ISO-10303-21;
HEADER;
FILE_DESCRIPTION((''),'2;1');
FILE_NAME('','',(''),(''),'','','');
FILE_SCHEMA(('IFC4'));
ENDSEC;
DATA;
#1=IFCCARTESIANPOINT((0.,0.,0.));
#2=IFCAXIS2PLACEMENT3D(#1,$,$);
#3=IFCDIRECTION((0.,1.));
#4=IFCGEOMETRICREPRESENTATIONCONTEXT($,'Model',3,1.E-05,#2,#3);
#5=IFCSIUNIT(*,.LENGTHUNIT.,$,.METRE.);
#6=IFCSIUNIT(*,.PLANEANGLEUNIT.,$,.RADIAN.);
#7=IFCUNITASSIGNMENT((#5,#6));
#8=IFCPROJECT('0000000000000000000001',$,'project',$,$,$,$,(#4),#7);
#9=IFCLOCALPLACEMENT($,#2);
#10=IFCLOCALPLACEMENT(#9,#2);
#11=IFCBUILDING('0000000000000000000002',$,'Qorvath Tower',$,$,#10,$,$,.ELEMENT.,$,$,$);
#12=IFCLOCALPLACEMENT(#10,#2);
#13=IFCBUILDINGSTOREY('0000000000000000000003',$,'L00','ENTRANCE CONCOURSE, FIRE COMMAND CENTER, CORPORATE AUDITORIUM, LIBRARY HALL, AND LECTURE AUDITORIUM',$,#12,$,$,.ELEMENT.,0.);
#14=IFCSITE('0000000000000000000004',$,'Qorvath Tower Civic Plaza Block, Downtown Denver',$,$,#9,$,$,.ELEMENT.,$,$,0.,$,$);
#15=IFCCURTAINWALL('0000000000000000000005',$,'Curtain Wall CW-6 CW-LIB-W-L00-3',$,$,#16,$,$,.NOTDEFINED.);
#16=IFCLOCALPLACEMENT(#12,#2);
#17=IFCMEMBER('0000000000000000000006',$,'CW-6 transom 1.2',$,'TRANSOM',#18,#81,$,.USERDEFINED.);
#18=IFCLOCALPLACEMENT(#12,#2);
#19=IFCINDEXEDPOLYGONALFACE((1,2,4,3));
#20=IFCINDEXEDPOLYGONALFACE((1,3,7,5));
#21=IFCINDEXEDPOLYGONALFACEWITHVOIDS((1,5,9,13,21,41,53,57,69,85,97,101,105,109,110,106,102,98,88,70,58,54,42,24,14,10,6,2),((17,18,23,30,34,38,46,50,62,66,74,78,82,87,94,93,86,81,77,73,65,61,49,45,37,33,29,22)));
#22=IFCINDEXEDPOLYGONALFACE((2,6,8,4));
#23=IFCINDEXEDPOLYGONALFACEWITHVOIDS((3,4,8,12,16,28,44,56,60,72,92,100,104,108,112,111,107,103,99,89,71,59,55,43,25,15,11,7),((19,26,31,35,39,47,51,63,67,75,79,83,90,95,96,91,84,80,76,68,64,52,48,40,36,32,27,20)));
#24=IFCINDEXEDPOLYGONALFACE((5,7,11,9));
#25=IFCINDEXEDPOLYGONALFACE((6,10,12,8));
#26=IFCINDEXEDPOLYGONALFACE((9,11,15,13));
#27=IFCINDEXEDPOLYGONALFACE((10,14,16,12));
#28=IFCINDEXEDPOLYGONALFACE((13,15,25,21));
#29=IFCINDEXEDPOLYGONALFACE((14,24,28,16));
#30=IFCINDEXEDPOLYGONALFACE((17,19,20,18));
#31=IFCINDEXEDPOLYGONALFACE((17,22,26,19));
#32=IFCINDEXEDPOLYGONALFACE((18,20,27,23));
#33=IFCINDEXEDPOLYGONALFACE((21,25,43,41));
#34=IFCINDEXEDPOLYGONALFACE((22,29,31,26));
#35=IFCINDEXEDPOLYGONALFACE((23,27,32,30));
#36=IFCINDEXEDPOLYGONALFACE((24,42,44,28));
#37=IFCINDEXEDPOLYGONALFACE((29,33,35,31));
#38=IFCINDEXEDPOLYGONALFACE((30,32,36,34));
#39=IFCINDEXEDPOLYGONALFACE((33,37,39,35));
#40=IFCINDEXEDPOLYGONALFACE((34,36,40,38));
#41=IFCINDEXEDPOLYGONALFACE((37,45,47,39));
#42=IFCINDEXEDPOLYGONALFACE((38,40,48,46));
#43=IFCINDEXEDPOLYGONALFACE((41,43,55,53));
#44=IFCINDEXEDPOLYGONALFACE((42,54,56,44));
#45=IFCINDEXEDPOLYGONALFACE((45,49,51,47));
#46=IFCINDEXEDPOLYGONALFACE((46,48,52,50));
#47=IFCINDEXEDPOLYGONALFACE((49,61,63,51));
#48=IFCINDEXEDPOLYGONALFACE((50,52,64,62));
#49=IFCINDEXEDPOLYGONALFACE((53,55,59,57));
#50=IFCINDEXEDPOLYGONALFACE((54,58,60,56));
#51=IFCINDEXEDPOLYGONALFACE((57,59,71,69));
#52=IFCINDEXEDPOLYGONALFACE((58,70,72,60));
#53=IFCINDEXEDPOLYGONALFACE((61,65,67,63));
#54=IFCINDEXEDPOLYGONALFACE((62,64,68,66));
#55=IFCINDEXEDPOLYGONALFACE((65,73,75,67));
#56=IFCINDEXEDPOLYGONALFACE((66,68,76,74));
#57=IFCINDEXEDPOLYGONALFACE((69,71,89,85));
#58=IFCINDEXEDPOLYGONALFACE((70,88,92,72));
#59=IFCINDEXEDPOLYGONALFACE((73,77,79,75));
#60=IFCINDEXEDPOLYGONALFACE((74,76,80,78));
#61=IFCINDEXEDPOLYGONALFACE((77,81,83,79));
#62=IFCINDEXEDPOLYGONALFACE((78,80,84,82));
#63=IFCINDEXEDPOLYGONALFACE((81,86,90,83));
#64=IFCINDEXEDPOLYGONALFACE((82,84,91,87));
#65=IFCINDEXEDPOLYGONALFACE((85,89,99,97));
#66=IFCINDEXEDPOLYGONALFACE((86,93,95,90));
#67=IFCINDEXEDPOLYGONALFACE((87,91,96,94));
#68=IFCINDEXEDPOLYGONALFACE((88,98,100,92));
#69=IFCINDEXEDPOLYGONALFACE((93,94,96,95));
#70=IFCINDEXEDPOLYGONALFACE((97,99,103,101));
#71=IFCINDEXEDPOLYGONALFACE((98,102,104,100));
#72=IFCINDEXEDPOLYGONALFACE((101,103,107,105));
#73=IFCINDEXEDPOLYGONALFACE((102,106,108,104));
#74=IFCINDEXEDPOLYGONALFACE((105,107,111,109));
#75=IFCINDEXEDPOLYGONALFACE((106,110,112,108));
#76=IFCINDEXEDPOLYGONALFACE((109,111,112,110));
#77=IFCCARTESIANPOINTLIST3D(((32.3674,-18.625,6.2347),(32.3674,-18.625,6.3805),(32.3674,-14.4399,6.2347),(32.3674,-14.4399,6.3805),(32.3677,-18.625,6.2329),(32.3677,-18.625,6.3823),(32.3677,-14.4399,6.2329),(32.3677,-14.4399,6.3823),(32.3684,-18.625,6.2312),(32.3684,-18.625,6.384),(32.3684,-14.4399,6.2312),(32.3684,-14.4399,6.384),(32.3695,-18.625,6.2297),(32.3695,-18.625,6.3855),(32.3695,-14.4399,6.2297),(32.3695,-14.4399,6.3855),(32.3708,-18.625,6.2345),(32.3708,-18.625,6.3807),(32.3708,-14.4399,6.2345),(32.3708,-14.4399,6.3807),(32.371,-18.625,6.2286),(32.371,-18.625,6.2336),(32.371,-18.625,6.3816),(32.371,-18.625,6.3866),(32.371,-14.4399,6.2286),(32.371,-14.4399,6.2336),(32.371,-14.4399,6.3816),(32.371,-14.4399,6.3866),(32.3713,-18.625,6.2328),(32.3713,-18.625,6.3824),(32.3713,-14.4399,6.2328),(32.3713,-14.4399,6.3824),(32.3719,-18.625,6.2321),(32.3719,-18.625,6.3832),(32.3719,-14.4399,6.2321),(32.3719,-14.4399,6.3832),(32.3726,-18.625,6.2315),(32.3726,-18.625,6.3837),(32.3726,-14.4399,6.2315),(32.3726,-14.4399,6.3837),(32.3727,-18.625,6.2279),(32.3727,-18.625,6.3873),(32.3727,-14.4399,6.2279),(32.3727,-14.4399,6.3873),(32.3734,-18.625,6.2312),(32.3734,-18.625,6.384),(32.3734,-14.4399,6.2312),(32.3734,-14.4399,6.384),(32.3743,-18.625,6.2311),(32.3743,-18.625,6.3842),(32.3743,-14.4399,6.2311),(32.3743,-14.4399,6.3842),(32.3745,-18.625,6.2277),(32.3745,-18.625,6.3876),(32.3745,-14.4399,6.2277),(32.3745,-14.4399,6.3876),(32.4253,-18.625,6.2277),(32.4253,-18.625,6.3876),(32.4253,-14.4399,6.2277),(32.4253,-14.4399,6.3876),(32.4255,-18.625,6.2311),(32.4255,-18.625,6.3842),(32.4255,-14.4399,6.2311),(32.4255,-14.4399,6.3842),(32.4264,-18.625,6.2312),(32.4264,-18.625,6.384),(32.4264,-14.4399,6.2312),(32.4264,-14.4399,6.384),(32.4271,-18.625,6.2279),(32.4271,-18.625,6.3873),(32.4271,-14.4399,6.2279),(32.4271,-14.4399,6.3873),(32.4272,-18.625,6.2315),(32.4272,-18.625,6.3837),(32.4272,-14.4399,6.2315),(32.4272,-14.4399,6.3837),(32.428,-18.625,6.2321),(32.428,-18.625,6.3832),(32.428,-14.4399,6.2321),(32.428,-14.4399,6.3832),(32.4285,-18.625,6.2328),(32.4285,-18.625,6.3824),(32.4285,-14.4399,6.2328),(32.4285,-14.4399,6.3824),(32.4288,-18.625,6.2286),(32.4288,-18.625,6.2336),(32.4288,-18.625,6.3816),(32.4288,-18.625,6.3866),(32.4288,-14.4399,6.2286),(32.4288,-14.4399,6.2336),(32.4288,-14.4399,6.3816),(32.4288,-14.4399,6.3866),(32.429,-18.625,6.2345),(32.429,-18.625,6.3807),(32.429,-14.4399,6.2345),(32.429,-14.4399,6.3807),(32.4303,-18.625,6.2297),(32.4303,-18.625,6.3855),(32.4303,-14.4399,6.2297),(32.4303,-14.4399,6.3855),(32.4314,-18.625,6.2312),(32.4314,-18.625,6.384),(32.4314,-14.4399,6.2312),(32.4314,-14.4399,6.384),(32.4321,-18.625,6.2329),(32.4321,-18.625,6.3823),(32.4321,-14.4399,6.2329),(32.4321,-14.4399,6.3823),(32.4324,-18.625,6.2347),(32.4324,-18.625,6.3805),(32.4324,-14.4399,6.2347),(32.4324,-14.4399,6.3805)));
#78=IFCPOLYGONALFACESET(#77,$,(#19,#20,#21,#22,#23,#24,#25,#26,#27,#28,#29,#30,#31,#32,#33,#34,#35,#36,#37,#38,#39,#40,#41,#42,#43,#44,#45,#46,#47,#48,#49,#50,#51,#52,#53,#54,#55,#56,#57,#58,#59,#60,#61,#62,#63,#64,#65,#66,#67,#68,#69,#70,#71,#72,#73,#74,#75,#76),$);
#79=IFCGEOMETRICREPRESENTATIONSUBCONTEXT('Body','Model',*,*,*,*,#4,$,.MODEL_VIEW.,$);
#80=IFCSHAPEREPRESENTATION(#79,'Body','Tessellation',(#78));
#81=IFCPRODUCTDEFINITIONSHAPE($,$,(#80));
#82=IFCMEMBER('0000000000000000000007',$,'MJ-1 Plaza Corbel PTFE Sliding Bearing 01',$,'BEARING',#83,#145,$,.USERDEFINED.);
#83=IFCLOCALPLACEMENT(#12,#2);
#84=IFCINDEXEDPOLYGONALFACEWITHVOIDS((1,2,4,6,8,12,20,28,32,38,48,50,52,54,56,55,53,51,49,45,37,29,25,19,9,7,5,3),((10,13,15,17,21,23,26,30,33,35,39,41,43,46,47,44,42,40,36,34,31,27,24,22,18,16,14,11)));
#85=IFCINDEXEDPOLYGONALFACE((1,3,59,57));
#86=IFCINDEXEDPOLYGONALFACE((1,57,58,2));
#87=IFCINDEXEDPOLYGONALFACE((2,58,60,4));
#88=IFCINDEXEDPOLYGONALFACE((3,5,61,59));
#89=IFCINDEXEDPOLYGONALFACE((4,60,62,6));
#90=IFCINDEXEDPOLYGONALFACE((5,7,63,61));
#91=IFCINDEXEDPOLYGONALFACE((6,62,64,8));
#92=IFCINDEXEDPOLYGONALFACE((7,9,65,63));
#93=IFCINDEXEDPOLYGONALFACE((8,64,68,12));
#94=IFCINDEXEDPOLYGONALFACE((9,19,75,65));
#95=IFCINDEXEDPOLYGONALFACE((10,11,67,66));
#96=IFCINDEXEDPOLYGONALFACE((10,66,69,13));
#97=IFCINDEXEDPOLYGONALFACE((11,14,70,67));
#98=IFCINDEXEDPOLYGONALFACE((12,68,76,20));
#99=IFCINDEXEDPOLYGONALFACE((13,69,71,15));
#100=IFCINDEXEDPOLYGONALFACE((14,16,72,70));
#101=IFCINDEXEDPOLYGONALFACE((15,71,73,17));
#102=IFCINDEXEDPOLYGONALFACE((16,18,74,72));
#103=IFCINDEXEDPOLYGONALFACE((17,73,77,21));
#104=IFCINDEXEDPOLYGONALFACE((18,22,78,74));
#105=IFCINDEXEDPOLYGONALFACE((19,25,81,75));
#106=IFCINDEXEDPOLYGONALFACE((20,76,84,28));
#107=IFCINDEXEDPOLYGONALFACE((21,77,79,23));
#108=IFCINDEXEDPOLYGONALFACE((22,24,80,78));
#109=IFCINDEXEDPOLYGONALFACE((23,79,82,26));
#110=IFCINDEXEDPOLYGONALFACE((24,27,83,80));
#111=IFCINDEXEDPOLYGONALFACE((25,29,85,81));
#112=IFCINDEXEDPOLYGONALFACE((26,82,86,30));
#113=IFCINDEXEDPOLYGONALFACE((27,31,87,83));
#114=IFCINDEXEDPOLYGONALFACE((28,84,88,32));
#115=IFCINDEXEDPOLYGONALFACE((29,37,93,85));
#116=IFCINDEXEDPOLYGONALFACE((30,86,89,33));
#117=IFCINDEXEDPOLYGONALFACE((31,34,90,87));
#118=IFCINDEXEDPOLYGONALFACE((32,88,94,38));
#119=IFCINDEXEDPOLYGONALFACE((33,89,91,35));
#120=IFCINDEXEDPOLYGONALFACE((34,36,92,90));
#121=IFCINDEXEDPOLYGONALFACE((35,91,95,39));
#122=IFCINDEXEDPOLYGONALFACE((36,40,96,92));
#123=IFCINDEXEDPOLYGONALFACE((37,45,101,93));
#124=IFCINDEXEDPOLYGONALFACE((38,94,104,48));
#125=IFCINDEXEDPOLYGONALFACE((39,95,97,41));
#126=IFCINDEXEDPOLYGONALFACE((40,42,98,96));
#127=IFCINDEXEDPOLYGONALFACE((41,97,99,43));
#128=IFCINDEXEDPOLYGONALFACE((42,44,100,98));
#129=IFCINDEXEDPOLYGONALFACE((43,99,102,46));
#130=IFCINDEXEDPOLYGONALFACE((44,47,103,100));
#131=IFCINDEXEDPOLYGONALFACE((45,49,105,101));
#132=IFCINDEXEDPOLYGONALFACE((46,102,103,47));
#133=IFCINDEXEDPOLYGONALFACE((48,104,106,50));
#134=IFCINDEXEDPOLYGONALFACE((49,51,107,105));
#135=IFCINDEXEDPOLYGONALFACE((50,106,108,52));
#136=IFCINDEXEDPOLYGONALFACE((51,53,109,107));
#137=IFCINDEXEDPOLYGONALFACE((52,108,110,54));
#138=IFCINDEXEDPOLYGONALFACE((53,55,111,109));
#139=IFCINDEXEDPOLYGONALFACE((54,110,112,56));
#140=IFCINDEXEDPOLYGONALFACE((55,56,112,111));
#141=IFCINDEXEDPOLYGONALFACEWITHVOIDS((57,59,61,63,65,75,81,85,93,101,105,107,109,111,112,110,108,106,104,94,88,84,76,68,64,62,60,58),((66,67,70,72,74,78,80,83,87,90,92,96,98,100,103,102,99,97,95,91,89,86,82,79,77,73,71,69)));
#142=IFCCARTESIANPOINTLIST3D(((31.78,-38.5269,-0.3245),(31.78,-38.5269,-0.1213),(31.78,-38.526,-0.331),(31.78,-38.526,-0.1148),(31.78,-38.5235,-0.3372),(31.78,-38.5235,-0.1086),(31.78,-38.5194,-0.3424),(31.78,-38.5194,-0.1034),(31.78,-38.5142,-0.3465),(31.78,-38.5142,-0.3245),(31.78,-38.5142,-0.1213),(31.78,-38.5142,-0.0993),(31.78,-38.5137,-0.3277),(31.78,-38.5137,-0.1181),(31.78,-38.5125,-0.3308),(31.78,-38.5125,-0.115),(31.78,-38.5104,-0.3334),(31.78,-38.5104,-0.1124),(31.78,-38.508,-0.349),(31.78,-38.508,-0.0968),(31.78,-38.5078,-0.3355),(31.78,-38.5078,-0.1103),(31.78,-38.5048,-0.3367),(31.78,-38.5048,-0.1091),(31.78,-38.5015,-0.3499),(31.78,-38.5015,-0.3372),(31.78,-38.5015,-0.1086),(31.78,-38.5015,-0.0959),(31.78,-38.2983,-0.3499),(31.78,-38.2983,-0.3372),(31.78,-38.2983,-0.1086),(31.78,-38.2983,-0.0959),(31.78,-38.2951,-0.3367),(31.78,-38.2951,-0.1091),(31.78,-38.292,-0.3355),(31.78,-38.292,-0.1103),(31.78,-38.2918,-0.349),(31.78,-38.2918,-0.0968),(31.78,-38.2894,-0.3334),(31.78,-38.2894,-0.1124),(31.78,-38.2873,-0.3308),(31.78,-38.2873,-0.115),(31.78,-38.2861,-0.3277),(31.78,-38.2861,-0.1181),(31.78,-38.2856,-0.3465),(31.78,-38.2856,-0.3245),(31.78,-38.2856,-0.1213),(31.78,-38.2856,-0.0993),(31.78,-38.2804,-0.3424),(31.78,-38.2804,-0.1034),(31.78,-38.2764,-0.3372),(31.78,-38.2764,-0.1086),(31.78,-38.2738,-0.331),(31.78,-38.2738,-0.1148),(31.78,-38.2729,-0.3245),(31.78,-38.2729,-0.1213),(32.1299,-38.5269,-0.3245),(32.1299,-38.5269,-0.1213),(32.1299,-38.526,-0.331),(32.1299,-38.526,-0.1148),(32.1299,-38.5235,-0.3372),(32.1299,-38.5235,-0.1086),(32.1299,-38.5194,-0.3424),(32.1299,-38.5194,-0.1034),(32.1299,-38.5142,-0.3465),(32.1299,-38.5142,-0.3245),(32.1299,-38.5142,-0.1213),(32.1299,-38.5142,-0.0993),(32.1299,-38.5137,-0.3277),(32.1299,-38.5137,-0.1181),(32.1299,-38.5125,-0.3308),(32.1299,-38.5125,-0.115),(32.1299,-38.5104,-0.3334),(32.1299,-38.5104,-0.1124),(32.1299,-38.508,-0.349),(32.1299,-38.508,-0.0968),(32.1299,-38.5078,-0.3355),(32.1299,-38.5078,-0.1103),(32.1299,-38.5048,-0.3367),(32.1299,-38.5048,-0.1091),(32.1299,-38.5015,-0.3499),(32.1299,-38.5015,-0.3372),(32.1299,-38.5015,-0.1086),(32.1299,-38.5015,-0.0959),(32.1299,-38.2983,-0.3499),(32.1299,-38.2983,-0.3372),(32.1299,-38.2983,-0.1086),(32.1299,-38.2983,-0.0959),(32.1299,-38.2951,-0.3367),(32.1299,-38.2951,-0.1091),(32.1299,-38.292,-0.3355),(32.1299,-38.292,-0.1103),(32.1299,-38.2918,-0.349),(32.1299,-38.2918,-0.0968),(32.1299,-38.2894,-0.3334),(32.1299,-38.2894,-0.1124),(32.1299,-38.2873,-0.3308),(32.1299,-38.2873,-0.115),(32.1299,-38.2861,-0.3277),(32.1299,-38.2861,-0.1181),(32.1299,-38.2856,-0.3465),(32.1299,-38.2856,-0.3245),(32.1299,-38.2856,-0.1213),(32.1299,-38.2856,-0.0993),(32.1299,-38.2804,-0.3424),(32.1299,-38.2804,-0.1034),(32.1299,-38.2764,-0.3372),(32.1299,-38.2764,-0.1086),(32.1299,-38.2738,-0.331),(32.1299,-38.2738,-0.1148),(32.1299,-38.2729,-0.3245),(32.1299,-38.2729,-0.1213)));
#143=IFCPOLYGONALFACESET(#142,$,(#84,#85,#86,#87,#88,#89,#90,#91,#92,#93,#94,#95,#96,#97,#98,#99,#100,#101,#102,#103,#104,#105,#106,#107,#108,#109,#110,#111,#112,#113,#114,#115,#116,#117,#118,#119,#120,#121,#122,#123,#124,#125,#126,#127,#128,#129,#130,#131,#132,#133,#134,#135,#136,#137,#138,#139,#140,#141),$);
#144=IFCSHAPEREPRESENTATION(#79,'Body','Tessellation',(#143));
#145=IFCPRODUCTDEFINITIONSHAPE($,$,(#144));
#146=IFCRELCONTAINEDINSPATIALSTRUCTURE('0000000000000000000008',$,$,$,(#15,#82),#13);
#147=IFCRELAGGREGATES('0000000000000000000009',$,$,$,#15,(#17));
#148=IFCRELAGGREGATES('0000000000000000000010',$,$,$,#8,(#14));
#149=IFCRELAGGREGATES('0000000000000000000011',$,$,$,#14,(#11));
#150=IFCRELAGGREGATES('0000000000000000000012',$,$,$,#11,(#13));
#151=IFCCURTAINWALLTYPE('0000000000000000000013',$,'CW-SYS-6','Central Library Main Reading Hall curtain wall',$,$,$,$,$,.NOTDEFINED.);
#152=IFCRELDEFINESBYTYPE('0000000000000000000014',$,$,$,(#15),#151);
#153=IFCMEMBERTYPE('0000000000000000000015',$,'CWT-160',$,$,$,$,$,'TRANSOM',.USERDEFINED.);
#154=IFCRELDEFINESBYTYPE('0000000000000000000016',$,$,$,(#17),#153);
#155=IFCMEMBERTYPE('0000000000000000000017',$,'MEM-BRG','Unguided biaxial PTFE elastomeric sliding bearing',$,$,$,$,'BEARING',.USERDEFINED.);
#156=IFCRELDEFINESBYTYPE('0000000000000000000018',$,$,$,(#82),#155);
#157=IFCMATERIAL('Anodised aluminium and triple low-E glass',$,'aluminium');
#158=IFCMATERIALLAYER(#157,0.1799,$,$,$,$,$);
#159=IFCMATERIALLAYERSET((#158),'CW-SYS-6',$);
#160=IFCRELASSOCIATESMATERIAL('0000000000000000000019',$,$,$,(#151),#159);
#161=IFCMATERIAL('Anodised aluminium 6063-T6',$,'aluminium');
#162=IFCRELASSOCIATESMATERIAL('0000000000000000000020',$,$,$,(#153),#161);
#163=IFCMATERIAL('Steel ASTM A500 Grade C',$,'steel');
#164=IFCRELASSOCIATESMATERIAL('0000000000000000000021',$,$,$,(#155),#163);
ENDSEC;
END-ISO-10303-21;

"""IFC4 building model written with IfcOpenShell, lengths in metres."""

from ifc_helpers import new_model, si_unit, direction, frame, origin, origin_2d, place, context, subcontext, project, spatial, hollow_rectangle, extrude, material, layer, layer_set, material_profile, profile_set, type_object, element, aggregate, save


model = new_model("IFC4")

# Units and contexts
model_context = context("Model", 3, precision=1e-05, world=origin(), true_north=direction((0.0, 1.0)))
body_context = subcontext(model_context, "Body", "Model", "MODEL_VIEW")
ifc_project = project(units=[si_unit("LENGTHUNIT", "METRE"), si_unit("PLANEANGLEUNIT", "RADIAN")], contexts=[model_context])

# Site, building, storey
site_placement = place(None, origin())
site = spatial("IfcSite", under=ifc_project, at=site_placement, Name="Qorvath Tower Civic Plaza Block, Downtown Denver", CompositionType="ELEMENT", RefElevation=0.0)
building_placement = place(site_placement, origin())
building = spatial("IfcBuilding", under=site, at=building_placement, Name="Qorvath Tower", CompositionType="ELEMENT")
storey_placement = place(building_placement, origin())
storey = spatial("IfcBuildingStorey", under=building, at=storey_placement, Name="L00", Description="ENTRANCE CONCOURSE, FIRE COMMAND CENTER, CORPORATE AUDITORIUM, LIBRARY HALL, AND LECTURE AUDITORIUM", CompositionType="ELEMENT", Elevation=0.0)

# Curtain wall, member
ifc_material_1 = material(Name="Anodised aluminium and triple low-E glass", Category="aluminium")
ifc_layer_1 = layer(ifc_material_1, 0.1799)
ifc_layer_set_1 = layer_set([ifc_layer_1], Name="CW-SYS-6")
curtain_wall_type = type_object("IfcCurtainWallType", Name="CW-SYS-6", Description="Central Library Main Reading Hall curtain wall", PredefinedType="NOTDEFINED", material=ifc_layer_set_1)
curtain_wall_placement = place(storey_placement, origin())
curtain_wall = element("IfcCurtainWall", 1, at=curtain_wall_placement, inside=storey, type_object=curtain_wall_type, Name="Curtain Wall CW-6 CW-LIB-W-L00-3", PredefinedType="NOTDEFINED")
ifc_material_2 = material(Name="Anodised aluminium 6063-T6", Category="aluminium")
ifc_material_profile_1 = material_profile(ifc_material_2, hollow_rectangle(XDim=0.0649, YDim=0.1599, WallThickness=0.0034, InnerFilletRadius=0.0034, OuterFilletRadius=0.0071, at=origin_2d()), Name="CWT 160x65")
ifc_profile_set_1 = profile_set([ifc_material_profile_1], Name="Anodised aluminium 6063-T6")
member_type_1 = type_object("IfcMemberType", Name="CWT-160", ElementType="TRANSOM", PredefinedType="USERDEFINED", material=ifc_profile_set_1)
member_1_placement = place(storey_placement, frame((32.3999, -18.625, 6.3076), z_axis=(0.0, 1.0, 0.0), x_axis=(-1.0, 0.0, 0.0)))
member_1 = element("IfcMember", 2, at=member_1_placement, type_object=member_type_1, Name="CW-6 transom 1.2", ObjectType="TRANSOM", PredefinedType="USERDEFINED", context=body_context, shape_type="SweptSolid", body=[
    extrude(hollow_rectangle(XDim=0.0649, YDim=0.1599, WallThickness=0.0034, InnerFilletRadius=0.0034, OuterFilletRadius=0.0071, at=origin_2d()), origin(), (0.0, 0.0, 1.0), 4.1851),
])
aggregate(curtain_wall, [member_1])

# Member
ifc_material_3 = material(Name="Steel ASTM A500 Grade C", Category="steel")
ifc_material_profile_2 = material_profile(ifc_material_3, hollow_rectangle(XDim=0.2539, YDim=0.2539, WallThickness=0.0127, InnerFilletRadius=0.0127, OuterFilletRadius=0.0254, at=origin_2d()), Name="HSS 254x254x12.7")
ifc_profile_set_2 = profile_set([ifc_material_profile_2], Name="Steel ASTM A500 Grade C")
member_type_2 = type_object("IfcMemberType", Name="MEM-BRG", Description="Unguided biaxial PTFE elastomeric sliding bearing", ElementType="BEARING", PredefinedType="USERDEFINED", material=ifc_profile_set_2)
for number, where, z_axis, x_axis, name in (
    (3, (31.78, -38.3999, -0.2229), (1.0, 0.0, 0.0), (0.0, 1.0, 0.0), "MJ-1 Plaza Corbel PTFE Sliding Bearing 01"),
):
    element("IfcMember", number, at=place(storey_placement, frame(where, z_axis=z_axis, x_axis=x_axis)), inside=storey, type_object=member_type_2, Name=name, ObjectType="BEARING", PredefinedType="USERDEFINED", context=body_context, shape_type="SweptSolid", body=[
        extrude(hollow_rectangle(XDim=0.2539, YDim=0.2539, WallThickness=0.0127, InnerFilletRadius=0.0127, OuterFilletRadius=0.0254, at=origin_2d()), origin(), (0.0, 0.0, 1.0), 0.3499),
    ])

save(model, "model.ifc")
